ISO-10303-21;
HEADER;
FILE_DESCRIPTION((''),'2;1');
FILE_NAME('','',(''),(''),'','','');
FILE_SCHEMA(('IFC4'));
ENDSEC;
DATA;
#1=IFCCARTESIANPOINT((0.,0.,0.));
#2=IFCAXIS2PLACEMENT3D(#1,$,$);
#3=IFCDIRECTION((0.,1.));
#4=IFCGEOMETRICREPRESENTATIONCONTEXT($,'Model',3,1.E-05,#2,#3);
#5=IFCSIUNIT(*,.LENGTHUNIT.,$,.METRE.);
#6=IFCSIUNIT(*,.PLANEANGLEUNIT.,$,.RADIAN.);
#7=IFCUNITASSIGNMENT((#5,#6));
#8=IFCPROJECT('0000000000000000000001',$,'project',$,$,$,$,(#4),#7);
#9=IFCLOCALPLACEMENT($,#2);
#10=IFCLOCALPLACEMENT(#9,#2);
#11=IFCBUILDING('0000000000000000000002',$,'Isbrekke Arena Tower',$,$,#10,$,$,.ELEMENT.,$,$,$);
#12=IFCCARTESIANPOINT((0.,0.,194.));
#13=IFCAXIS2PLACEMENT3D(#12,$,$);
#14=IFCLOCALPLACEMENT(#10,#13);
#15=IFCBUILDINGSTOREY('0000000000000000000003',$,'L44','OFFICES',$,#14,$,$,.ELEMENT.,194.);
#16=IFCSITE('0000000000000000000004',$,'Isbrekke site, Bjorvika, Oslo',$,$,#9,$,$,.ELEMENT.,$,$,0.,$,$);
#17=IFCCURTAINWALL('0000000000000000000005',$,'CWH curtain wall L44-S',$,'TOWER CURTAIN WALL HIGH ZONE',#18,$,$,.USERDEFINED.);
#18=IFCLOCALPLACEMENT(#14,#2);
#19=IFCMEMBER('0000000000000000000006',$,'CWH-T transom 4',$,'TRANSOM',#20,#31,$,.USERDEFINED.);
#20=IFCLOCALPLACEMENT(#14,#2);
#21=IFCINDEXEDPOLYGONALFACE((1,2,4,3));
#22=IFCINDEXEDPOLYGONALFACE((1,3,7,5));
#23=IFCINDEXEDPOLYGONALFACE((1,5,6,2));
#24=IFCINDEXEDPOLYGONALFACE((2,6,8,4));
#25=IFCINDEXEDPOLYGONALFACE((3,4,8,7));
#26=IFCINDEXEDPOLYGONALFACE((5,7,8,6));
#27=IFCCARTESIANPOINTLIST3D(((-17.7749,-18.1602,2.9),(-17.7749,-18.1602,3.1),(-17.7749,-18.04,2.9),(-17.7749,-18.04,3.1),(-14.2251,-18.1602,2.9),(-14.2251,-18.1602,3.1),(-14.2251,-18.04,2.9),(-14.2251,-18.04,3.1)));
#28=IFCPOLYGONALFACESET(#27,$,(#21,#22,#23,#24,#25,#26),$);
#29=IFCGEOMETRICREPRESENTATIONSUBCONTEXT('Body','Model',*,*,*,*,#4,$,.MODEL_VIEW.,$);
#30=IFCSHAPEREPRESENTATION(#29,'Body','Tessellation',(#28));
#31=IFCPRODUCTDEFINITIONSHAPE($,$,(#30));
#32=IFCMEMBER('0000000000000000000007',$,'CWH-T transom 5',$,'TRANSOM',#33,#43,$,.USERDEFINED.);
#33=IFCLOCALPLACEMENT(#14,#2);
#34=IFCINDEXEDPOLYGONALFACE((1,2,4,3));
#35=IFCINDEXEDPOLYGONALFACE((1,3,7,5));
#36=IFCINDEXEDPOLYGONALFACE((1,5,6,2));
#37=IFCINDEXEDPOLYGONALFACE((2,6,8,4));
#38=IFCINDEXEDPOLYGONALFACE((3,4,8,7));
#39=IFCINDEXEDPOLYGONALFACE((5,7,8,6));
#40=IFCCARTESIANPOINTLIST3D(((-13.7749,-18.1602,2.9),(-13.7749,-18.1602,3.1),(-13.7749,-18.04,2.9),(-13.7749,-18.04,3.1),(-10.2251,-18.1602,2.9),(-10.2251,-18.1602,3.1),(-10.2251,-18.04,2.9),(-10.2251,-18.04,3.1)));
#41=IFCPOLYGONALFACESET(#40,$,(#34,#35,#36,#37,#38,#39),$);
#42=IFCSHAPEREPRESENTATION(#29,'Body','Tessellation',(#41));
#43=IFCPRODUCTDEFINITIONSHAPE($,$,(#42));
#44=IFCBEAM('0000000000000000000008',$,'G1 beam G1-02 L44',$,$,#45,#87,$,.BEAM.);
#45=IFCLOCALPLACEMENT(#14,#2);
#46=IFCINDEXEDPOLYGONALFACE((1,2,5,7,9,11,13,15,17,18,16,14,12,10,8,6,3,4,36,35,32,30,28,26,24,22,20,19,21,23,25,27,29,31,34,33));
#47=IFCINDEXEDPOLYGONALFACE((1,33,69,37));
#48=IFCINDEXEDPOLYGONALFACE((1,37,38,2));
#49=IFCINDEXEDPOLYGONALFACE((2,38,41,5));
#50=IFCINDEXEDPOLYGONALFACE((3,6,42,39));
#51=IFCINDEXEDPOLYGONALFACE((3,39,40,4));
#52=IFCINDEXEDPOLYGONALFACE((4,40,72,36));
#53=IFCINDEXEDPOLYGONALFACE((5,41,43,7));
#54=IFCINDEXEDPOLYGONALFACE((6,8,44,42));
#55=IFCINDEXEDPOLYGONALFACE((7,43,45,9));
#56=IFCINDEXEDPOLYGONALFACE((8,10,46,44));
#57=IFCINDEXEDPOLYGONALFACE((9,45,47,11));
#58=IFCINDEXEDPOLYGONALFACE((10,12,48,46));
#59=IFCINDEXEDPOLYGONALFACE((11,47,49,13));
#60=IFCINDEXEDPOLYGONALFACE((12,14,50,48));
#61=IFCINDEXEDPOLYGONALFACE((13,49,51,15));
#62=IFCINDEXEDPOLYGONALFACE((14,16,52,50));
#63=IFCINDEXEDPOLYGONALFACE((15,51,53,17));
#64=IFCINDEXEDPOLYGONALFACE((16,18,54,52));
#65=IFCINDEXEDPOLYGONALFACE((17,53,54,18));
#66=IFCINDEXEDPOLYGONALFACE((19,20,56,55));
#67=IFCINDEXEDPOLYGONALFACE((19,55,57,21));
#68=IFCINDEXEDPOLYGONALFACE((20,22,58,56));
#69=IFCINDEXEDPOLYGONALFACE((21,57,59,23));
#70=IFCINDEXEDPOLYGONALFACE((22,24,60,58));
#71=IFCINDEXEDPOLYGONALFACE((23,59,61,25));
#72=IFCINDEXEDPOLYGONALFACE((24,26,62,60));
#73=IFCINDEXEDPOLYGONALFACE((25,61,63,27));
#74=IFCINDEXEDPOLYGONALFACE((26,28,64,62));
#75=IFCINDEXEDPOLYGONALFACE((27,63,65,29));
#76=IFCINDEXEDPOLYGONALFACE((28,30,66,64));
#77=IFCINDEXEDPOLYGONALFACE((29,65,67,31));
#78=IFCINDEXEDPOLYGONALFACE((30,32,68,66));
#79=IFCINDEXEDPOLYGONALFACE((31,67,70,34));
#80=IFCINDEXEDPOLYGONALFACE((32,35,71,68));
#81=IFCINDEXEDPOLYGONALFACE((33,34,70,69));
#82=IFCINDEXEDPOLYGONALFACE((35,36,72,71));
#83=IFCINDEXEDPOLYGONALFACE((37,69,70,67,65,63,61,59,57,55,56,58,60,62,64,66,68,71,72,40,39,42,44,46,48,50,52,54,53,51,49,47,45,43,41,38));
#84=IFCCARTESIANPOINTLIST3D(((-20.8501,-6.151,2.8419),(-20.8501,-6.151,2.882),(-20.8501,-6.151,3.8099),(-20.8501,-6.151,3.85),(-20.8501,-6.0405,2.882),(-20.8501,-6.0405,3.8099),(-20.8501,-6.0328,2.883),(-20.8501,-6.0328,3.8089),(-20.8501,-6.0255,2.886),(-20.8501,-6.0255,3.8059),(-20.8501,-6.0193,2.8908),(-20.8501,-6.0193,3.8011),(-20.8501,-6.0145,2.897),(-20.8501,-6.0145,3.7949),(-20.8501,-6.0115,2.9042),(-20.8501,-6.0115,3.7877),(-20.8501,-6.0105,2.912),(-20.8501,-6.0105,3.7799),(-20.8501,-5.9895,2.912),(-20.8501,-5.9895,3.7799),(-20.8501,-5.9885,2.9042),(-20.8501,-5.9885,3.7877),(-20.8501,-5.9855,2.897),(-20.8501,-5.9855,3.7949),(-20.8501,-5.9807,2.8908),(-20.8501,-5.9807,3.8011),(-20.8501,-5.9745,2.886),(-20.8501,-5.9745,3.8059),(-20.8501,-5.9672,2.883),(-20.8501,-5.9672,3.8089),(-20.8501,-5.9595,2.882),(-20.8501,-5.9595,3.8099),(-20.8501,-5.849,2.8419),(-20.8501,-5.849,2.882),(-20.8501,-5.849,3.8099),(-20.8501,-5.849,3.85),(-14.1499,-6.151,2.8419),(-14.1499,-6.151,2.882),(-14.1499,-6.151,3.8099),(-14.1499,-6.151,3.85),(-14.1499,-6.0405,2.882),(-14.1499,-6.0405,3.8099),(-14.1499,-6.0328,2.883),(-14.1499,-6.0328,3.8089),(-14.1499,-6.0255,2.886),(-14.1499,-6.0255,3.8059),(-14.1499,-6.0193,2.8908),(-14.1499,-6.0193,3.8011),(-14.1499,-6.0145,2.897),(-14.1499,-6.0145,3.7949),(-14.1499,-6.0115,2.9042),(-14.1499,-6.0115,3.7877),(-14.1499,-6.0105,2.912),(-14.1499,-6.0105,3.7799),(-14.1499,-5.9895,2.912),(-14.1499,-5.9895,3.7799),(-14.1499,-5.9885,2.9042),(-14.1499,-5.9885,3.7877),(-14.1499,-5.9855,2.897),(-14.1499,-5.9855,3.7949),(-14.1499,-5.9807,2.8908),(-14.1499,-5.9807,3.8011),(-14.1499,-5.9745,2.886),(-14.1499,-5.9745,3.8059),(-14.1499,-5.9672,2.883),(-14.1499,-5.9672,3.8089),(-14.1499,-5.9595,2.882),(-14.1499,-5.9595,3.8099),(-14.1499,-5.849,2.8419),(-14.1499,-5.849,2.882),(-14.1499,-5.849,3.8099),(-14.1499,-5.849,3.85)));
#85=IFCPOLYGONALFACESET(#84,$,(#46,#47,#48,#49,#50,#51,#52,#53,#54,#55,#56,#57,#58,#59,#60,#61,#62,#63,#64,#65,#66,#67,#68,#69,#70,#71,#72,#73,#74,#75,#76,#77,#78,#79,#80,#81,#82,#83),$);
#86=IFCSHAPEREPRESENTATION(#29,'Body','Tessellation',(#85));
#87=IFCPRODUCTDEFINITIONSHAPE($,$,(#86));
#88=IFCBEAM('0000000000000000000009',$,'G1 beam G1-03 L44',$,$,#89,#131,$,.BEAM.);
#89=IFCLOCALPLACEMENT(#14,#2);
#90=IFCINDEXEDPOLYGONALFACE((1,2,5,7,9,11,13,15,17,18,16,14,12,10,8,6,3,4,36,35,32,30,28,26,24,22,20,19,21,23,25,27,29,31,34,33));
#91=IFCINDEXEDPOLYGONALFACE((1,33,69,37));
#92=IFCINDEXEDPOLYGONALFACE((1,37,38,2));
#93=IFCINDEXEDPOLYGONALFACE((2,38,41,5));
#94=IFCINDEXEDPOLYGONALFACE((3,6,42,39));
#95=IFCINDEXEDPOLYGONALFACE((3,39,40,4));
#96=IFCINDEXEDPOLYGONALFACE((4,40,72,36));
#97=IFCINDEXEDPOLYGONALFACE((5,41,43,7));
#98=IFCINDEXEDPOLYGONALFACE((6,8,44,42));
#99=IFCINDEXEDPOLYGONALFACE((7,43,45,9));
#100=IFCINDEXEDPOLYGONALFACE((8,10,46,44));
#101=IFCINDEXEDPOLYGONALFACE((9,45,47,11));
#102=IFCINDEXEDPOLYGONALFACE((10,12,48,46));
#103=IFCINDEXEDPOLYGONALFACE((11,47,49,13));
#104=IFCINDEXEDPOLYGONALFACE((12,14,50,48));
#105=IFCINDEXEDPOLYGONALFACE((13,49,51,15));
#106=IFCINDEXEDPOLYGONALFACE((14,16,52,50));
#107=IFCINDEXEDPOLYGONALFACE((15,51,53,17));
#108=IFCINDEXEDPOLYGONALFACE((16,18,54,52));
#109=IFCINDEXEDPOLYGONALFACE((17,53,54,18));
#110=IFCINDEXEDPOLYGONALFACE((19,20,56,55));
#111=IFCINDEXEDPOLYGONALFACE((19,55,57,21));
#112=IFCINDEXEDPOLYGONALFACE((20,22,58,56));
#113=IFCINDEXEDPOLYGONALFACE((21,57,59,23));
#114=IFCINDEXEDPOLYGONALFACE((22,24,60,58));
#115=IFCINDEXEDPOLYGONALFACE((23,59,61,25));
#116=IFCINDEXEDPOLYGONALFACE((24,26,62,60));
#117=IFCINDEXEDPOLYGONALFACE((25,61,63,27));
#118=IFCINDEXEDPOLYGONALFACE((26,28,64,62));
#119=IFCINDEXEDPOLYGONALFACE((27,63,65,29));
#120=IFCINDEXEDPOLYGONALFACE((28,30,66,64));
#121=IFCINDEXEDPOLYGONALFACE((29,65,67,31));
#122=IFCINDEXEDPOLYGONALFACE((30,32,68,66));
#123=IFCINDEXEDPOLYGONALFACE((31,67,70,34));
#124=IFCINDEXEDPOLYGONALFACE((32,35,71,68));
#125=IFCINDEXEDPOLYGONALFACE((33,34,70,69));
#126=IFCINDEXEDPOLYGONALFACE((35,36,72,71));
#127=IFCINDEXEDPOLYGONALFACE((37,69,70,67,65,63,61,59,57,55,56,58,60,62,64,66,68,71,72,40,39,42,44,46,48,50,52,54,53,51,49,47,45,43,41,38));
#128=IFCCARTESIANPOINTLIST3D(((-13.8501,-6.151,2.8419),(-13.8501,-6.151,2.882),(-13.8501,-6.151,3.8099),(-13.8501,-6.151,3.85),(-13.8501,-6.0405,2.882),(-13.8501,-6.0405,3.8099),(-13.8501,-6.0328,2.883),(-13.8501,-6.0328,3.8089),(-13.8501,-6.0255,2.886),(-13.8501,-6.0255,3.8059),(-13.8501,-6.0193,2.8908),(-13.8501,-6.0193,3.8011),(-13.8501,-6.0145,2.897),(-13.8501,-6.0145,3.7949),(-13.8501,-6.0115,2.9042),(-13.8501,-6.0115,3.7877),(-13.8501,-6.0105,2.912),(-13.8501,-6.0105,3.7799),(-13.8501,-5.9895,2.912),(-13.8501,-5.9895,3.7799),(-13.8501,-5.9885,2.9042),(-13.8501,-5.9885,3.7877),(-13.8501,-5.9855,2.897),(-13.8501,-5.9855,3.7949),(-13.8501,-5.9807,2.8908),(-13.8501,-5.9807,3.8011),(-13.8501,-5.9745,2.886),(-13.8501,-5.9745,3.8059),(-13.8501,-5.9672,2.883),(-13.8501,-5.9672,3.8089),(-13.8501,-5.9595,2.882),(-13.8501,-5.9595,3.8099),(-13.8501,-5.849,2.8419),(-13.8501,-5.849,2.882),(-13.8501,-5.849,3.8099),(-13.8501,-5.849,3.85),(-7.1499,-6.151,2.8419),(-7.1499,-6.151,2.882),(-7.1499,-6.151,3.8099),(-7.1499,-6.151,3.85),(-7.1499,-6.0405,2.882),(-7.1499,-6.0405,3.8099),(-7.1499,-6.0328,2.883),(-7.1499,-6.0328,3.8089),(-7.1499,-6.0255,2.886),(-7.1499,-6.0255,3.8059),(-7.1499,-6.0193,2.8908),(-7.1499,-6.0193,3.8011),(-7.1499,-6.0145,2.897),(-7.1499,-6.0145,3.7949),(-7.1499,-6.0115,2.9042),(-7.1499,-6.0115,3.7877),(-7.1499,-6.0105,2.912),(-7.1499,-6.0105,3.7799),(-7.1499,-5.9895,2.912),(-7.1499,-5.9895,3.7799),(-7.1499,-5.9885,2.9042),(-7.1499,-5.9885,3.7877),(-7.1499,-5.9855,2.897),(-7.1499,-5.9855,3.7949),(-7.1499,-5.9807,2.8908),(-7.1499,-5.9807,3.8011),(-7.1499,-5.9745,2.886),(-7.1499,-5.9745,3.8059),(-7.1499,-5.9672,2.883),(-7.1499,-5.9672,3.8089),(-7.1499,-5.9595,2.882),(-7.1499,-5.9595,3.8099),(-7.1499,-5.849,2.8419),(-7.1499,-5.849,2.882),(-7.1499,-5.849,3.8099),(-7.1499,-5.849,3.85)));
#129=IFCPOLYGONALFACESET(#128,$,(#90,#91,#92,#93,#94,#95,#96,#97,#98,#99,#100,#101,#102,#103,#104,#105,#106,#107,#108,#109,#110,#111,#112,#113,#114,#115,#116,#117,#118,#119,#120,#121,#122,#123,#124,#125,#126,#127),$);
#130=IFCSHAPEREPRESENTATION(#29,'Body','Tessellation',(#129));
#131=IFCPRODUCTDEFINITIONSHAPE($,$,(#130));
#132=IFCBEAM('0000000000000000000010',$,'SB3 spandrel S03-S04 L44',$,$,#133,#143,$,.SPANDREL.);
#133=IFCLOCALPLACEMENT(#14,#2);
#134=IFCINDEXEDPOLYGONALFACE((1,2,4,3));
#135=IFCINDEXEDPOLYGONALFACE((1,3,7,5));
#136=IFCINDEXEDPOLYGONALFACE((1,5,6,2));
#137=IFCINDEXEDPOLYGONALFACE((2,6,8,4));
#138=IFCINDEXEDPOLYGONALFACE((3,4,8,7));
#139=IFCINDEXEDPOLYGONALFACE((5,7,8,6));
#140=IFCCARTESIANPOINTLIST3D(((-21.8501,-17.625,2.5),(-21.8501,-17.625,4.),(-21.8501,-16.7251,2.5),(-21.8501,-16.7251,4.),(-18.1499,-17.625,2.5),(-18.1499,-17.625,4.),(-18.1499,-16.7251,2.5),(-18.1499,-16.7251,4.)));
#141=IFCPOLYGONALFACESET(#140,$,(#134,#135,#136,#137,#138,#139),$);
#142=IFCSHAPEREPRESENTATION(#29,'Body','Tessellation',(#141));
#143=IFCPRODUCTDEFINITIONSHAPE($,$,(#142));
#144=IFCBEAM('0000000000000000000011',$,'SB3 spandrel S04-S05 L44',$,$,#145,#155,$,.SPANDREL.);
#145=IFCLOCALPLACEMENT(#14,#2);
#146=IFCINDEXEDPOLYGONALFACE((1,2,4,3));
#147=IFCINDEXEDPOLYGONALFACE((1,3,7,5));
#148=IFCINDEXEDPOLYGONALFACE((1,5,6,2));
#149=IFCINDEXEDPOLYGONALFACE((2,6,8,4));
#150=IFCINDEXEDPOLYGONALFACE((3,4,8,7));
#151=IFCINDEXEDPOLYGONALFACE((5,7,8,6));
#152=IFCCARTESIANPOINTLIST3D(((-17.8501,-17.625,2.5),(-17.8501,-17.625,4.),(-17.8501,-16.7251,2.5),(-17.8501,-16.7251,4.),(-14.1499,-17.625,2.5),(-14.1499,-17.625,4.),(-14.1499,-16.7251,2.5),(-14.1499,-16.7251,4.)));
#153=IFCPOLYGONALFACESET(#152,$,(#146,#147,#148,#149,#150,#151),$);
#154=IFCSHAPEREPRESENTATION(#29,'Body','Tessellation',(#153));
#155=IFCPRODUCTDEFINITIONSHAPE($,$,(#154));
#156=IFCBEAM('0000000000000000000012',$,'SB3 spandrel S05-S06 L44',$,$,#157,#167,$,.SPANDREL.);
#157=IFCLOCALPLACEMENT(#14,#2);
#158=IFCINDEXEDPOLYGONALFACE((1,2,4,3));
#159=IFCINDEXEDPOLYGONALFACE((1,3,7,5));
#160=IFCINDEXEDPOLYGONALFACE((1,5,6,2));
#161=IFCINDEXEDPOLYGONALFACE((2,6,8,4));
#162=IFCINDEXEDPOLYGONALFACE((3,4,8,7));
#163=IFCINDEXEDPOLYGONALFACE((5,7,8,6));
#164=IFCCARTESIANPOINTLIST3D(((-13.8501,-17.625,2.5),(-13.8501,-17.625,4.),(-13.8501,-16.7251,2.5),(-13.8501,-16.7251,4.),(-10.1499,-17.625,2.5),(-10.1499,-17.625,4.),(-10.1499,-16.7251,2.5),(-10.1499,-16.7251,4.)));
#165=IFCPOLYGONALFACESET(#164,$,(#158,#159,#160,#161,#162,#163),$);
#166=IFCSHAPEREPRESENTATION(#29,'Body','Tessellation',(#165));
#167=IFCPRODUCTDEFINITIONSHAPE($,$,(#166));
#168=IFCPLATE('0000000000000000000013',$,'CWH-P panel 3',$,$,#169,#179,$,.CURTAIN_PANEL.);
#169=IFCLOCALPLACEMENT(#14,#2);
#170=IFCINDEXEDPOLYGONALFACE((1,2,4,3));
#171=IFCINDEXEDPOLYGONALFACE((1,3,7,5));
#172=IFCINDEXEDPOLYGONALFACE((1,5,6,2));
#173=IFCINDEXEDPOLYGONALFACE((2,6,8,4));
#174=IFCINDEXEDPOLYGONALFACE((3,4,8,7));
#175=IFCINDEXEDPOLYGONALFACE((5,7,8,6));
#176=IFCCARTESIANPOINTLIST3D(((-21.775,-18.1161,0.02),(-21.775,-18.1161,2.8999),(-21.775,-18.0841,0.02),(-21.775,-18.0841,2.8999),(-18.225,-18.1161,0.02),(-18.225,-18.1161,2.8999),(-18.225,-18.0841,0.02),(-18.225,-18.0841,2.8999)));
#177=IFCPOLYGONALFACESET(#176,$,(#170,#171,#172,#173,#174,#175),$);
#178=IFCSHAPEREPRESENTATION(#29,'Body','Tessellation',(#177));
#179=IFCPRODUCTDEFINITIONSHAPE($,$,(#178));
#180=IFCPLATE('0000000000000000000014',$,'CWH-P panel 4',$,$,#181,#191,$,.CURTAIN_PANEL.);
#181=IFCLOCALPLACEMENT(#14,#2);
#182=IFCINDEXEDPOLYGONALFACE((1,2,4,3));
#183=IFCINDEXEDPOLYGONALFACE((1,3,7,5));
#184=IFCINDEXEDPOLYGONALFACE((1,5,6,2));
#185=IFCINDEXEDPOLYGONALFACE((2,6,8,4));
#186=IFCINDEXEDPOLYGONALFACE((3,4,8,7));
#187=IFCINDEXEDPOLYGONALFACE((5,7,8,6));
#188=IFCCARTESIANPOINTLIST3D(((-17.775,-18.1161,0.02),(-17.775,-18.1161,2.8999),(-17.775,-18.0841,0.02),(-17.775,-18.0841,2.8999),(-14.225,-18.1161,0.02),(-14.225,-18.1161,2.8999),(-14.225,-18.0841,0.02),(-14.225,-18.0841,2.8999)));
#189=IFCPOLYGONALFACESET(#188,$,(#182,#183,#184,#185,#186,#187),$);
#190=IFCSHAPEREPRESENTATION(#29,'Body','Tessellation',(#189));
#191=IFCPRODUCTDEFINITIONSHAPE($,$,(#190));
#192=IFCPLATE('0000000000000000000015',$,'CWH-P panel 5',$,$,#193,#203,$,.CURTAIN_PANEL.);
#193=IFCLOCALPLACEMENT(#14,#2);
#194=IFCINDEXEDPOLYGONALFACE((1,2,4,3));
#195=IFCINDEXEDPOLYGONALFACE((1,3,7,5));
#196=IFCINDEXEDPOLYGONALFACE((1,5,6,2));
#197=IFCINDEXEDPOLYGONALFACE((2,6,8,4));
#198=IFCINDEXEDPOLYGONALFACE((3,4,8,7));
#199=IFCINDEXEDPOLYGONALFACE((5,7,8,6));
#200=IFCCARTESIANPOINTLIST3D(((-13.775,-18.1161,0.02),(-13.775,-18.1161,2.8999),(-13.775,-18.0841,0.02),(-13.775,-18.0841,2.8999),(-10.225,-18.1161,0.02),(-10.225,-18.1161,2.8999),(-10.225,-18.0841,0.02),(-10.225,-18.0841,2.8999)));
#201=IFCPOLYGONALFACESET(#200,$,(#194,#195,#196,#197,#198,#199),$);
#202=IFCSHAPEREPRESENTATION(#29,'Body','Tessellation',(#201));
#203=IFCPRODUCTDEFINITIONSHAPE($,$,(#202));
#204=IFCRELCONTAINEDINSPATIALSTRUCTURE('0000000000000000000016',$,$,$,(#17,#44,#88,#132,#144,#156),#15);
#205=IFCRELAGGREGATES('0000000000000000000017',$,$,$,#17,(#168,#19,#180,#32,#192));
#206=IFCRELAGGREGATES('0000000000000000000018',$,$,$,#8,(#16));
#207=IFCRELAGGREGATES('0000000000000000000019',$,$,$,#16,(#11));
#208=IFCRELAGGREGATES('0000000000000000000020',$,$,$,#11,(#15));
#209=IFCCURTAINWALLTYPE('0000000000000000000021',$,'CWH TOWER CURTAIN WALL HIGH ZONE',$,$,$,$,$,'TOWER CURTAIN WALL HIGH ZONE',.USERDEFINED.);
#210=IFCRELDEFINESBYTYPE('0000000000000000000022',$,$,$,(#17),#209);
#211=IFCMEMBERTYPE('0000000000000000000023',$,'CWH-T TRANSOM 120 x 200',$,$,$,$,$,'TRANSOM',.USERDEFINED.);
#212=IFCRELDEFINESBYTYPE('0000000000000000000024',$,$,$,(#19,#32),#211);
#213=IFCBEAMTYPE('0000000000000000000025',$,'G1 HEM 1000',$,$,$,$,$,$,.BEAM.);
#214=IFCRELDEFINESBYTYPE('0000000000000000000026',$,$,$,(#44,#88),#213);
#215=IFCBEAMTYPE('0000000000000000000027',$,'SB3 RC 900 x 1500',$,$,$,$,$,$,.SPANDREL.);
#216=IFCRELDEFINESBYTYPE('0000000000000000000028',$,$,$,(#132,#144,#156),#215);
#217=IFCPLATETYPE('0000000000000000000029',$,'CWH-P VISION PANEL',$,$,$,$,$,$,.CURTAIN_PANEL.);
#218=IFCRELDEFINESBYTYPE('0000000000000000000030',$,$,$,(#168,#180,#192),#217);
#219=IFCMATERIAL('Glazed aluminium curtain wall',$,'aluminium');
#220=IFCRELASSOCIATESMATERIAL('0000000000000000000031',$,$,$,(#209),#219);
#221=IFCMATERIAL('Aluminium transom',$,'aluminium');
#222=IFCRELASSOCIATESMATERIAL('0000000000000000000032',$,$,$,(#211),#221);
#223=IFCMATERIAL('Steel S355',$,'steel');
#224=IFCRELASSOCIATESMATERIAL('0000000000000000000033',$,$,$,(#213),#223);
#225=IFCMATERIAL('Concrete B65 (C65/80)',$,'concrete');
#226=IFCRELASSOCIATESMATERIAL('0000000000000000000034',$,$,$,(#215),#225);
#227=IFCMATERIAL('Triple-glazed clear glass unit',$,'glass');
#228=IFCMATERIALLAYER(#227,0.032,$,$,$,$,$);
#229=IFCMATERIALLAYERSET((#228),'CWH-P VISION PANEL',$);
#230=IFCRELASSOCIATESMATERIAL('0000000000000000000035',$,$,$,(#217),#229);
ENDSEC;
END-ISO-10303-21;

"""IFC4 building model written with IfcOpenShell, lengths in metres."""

from ifc_helpers import new_model, si_unit, direction, frame, origin, origin_2d, place, context, subcontext, project, spatial, rectangle, i_section, extrude, material, layer, layer_set, material_profile, profile_set, type_object, element, aggregate, save


model = new_model("IFC4")

# Units and contexts
model_context = context("Model", 3, precision=1e-05, world=origin(), true_north=direction((0.0, 1.0)))
body_context = subcontext(model_context, "Body", "Model", "MODEL_VIEW")
ifc_project = project(units=[si_unit("LENGTHUNIT", "METRE"), si_unit("PLANEANGLEUNIT", "RADIAN")], contexts=[model_context])

# Site, building, storey
site_placement = place(None, origin())
site = spatial("IfcSite", under=ifc_project, at=site_placement, Name="Isbrekke site, Bjorvika, Oslo", CompositionType="ELEMENT", RefElevation=0.0)
building_placement = place(site_placement, origin())
building = spatial("IfcBuilding", under=site, at=building_placement, Name="Isbrekke Arena Tower", CompositionType="ELEMENT")
storey_placement = place(building_placement, frame((0.0, 0.0, 194.0)))
storey = spatial("IfcBuildingStorey", under=building, at=storey_placement, Name="L44", Description="OFFICES", CompositionType="ELEMENT", Elevation=194.0)

# Curtain wall, members
ifc_material_1 = material(Name="Glazed aluminium curtain wall", Category="aluminium")
curtain_wall_type = type_object("IfcCurtainWallType", Name="CWH TOWER CURTAIN WALL HIGH ZONE", ElementType="TOWER CURTAIN WALL HIGH ZONE", PredefinedType="USERDEFINED", material=ifc_material_1)
curtain_wall_placement = place(storey_placement, origin())
curtain_wall = element("IfcCurtainWall", 1, at=curtain_wall_placement, inside=storey, type_object=curtain_wall_type, Name="CWH curtain wall L44-S", ObjectType="TOWER CURTAIN WALL HIGH ZONE", PredefinedType="USERDEFINED")
ifc_material_2 = material(Name="Aluminium transom", Category="aluminium")
ifc_material_profile_1 = material_profile(ifc_material_2, rectangle(XDim=0.1201, YDim=0.2, at=origin_2d()), Name="TRANSOM 120X200")
ifc_profile_set_1 = profile_set([ifc_material_profile_1], Name="Aluminium transom")
member_type_1 = type_object("IfcMemberType", Name="CWH-T TRANSOM 120 x 200", ElementType="TRANSOM", PredefinedType="USERDEFINED", material=ifc_profile_set_1)
member_1_placement = place(storey_placement, frame((-17.7749, -18.1001, 3.0), z_axis=(1.0, 0.0, 0.0), x_axis=(0.0, 1.0, 0.0)))
member_1 = element("IfcMember", 2, at=member_1_placement, type_object=member_type_1, Name="CWH-T transom 4", ObjectType="TRANSOM", PredefinedType="USERDEFINED", context=body_context, shape_type="SweptSolid", body=[
    extrude(rectangle(XDim=0.1201, YDim=0.2, at=origin_2d()), origin(), (0.0, 0.0, 1.0), 3.5498),
])
member_2_placement = place(storey_placement, frame((-13.7749, -18.1001, 3.0), z_axis=(1.0, 0.0, 0.0), x_axis=(0.0, 1.0, 0.0)))
member_2 = element("IfcMember", 3, at=member_2_placement, type_object=member_type_1, Name="CWH-T transom 5", ObjectType="TRANSOM", PredefinedType="USERDEFINED", context=body_context, shape_type="SweptSolid", body=[
    extrude(rectangle(XDim=0.1201, YDim=0.2, at=origin_2d()), origin(), (0.0, 0.0, 1.0), 3.5498),
])

# Beams
ifc_material_3 = material(Name="Steel S355", Category="steel")
ifc_material_profile_2 = material_profile(ifc_material_3, i_section(OverallWidth=0.302, OverallDepth=1.0081, WebThickness=0.021, FlangeThickness=0.04, FilletRadius=0.03, at=origin_2d()), Name="HEM 1000")
ifc_profile_set_2 = profile_set([ifc_material_profile_2], Name="Steel S355")
beam_type_1 = type_object("IfcBeamType", Name="G1 HEM 1000", PredefinedType="BEAM", material=ifc_profile_set_2)
for number, where, z_axis, x_axis, name in (
    (4, (-20.8501, -6.0, 3.3459), (1.0, 0.0, 0.0), (0.0, 1.0, 0.0), "G1 beam G1-02 L44"),
    (5, (-13.8501, -6.0, 3.3459), (1.0, 0.0, 0.0), (0.0, 1.0, 0.0), "G1 beam G1-03 L44"),
):
    element("IfcBeam", number, at=place(storey_placement, frame(where, z_axis=z_axis, x_axis=x_axis)), inside=storey, type_object=beam_type_1, Name=name, PredefinedType="BEAM", context=body_context, shape_type="SweptSolid", body=[
        extrude(i_section(OverallWidth=0.302, OverallDepth=1.0081, WebThickness=0.021, FlangeThickness=0.04, FilletRadius=0.03, at=origin_2d()), origin(), (0.0, 0.0, 1.0), 6.7002),
    ])
ifc_material_4 = material(Name="Concrete B65 (C65/80)", Category="concrete")
ifc_material_profile_3 = material_profile(ifc_material_4, rectangle(XDim=0.8999, YDim=1.5, at=origin_2d()), Name="RC 900x1500")
ifc_profile_set_3 = profile_set([ifc_material_profile_3], Name="Concrete B65 (C65/80)")
beam_type_2 = type_object("IfcBeamType", Name="SB3 RC 900 x 1500", PredefinedType="SPANDREL", material=ifc_profile_set_3)
for number, where, z_axis, x_axis, name in (
    (6, (-21.8501, -17.175, 3.25), (1.0, 0.0, 0.0), (0.0, 1.0, 0.0), "SB3 spandrel S03-S04 L44"),
    (7, (-17.8501, -17.175, 3.25), (1.0, 0.0, 0.0), (0.0, 1.0, 0.0), "SB3 spandrel S04-S05 L44"),
    (8, (-13.8501, -17.175, 3.25), (1.0, 0.0, 0.0), (0.0, 1.0, 0.0), "SB3 spandrel S05-S06 L44"),
):
    element("IfcBeam", number, at=place(storey_placement, frame(where, z_axis=z_axis, x_axis=x_axis)), inside=storey, type_object=beam_type_2, Name=name, PredefinedType="SPANDREL", context=body_context, shape_type="SweptSolid", body=[
        extrude(rectangle(XDim=0.8999, YDim=1.5, at=origin_2d()), origin(), (0.0, 0.0, 1.0), 3.7002),
    ])

# Plates
ifc_material_5 = material(Name="Triple-glazed clear glass unit", Category="glass")
ifc_layer_1 = layer(ifc_material_5, 0.032)
ifc_layer_set_1 = layer_set([ifc_layer_1], Name="CWH-P VISION PANEL")
plate_type = type_object("IfcPlateType", Name="CWH-P VISION PANEL", PredefinedType="CURTAIN_PANEL", material=ifc_layer_set_1)
plate_1_placement = place(storey_placement, frame((-20.0, -18.1001, 0.02), z_axis=(0.0, 0.0, 1.0), x_axis=(1.0, 0.0, 0.0)))
plate_1 = element("IfcPlate", 9, at=plate_1_placement, type_object=plate_type, Name="CWH-P panel 3", PredefinedType="CURTAIN_PANEL", context=body_context, shape_type="SweptSolid", body=[
    extrude(rectangle(XDim=3.55, YDim=0.032, at=origin_2d()), origin(), (0.0, 0.0, 1.0), 2.8799),
])
plate_2_placement = place(storey_placement, frame((-16.0, -18.1001, 0.02), z_axis=(0.0, 0.0, 1.0), x_axis=(1.0, 0.0, 0.0)))
plate_2 = element("IfcPlate", 10, at=plate_2_placement, type_object=plate_type, Name="CWH-P panel 4", PredefinedType="CURTAIN_PANEL", context=body_context, shape_type="SweptSolid", body=[
    extrude(rectangle(XDim=3.55, YDim=0.032, at=origin_2d()), origin(), (0.0, 0.0, 1.0), 2.8799),
])
plate_3_placement = place(storey_placement, frame((-12.0, -18.1001, 0.02), z_axis=(0.0, 0.0, 1.0), x_axis=(1.0, 0.0, 0.0)))
plate_3 = element("IfcPlate", 11, at=plate_3_placement, type_object=plate_type, Name="CWH-P panel 5", PredefinedType="CURTAIN_PANEL", context=body_context, shape_type="SweptSolid", body=[
    extrude(rectangle(XDim=3.55, YDim=0.032, at=origin_2d()), origin(), (0.0, 0.0, 1.0), 2.8799),
])
aggregate(curtain_wall, [plate_1, member_1, plate_2, member_2, plate_3])

save(model, "model.ifc")
